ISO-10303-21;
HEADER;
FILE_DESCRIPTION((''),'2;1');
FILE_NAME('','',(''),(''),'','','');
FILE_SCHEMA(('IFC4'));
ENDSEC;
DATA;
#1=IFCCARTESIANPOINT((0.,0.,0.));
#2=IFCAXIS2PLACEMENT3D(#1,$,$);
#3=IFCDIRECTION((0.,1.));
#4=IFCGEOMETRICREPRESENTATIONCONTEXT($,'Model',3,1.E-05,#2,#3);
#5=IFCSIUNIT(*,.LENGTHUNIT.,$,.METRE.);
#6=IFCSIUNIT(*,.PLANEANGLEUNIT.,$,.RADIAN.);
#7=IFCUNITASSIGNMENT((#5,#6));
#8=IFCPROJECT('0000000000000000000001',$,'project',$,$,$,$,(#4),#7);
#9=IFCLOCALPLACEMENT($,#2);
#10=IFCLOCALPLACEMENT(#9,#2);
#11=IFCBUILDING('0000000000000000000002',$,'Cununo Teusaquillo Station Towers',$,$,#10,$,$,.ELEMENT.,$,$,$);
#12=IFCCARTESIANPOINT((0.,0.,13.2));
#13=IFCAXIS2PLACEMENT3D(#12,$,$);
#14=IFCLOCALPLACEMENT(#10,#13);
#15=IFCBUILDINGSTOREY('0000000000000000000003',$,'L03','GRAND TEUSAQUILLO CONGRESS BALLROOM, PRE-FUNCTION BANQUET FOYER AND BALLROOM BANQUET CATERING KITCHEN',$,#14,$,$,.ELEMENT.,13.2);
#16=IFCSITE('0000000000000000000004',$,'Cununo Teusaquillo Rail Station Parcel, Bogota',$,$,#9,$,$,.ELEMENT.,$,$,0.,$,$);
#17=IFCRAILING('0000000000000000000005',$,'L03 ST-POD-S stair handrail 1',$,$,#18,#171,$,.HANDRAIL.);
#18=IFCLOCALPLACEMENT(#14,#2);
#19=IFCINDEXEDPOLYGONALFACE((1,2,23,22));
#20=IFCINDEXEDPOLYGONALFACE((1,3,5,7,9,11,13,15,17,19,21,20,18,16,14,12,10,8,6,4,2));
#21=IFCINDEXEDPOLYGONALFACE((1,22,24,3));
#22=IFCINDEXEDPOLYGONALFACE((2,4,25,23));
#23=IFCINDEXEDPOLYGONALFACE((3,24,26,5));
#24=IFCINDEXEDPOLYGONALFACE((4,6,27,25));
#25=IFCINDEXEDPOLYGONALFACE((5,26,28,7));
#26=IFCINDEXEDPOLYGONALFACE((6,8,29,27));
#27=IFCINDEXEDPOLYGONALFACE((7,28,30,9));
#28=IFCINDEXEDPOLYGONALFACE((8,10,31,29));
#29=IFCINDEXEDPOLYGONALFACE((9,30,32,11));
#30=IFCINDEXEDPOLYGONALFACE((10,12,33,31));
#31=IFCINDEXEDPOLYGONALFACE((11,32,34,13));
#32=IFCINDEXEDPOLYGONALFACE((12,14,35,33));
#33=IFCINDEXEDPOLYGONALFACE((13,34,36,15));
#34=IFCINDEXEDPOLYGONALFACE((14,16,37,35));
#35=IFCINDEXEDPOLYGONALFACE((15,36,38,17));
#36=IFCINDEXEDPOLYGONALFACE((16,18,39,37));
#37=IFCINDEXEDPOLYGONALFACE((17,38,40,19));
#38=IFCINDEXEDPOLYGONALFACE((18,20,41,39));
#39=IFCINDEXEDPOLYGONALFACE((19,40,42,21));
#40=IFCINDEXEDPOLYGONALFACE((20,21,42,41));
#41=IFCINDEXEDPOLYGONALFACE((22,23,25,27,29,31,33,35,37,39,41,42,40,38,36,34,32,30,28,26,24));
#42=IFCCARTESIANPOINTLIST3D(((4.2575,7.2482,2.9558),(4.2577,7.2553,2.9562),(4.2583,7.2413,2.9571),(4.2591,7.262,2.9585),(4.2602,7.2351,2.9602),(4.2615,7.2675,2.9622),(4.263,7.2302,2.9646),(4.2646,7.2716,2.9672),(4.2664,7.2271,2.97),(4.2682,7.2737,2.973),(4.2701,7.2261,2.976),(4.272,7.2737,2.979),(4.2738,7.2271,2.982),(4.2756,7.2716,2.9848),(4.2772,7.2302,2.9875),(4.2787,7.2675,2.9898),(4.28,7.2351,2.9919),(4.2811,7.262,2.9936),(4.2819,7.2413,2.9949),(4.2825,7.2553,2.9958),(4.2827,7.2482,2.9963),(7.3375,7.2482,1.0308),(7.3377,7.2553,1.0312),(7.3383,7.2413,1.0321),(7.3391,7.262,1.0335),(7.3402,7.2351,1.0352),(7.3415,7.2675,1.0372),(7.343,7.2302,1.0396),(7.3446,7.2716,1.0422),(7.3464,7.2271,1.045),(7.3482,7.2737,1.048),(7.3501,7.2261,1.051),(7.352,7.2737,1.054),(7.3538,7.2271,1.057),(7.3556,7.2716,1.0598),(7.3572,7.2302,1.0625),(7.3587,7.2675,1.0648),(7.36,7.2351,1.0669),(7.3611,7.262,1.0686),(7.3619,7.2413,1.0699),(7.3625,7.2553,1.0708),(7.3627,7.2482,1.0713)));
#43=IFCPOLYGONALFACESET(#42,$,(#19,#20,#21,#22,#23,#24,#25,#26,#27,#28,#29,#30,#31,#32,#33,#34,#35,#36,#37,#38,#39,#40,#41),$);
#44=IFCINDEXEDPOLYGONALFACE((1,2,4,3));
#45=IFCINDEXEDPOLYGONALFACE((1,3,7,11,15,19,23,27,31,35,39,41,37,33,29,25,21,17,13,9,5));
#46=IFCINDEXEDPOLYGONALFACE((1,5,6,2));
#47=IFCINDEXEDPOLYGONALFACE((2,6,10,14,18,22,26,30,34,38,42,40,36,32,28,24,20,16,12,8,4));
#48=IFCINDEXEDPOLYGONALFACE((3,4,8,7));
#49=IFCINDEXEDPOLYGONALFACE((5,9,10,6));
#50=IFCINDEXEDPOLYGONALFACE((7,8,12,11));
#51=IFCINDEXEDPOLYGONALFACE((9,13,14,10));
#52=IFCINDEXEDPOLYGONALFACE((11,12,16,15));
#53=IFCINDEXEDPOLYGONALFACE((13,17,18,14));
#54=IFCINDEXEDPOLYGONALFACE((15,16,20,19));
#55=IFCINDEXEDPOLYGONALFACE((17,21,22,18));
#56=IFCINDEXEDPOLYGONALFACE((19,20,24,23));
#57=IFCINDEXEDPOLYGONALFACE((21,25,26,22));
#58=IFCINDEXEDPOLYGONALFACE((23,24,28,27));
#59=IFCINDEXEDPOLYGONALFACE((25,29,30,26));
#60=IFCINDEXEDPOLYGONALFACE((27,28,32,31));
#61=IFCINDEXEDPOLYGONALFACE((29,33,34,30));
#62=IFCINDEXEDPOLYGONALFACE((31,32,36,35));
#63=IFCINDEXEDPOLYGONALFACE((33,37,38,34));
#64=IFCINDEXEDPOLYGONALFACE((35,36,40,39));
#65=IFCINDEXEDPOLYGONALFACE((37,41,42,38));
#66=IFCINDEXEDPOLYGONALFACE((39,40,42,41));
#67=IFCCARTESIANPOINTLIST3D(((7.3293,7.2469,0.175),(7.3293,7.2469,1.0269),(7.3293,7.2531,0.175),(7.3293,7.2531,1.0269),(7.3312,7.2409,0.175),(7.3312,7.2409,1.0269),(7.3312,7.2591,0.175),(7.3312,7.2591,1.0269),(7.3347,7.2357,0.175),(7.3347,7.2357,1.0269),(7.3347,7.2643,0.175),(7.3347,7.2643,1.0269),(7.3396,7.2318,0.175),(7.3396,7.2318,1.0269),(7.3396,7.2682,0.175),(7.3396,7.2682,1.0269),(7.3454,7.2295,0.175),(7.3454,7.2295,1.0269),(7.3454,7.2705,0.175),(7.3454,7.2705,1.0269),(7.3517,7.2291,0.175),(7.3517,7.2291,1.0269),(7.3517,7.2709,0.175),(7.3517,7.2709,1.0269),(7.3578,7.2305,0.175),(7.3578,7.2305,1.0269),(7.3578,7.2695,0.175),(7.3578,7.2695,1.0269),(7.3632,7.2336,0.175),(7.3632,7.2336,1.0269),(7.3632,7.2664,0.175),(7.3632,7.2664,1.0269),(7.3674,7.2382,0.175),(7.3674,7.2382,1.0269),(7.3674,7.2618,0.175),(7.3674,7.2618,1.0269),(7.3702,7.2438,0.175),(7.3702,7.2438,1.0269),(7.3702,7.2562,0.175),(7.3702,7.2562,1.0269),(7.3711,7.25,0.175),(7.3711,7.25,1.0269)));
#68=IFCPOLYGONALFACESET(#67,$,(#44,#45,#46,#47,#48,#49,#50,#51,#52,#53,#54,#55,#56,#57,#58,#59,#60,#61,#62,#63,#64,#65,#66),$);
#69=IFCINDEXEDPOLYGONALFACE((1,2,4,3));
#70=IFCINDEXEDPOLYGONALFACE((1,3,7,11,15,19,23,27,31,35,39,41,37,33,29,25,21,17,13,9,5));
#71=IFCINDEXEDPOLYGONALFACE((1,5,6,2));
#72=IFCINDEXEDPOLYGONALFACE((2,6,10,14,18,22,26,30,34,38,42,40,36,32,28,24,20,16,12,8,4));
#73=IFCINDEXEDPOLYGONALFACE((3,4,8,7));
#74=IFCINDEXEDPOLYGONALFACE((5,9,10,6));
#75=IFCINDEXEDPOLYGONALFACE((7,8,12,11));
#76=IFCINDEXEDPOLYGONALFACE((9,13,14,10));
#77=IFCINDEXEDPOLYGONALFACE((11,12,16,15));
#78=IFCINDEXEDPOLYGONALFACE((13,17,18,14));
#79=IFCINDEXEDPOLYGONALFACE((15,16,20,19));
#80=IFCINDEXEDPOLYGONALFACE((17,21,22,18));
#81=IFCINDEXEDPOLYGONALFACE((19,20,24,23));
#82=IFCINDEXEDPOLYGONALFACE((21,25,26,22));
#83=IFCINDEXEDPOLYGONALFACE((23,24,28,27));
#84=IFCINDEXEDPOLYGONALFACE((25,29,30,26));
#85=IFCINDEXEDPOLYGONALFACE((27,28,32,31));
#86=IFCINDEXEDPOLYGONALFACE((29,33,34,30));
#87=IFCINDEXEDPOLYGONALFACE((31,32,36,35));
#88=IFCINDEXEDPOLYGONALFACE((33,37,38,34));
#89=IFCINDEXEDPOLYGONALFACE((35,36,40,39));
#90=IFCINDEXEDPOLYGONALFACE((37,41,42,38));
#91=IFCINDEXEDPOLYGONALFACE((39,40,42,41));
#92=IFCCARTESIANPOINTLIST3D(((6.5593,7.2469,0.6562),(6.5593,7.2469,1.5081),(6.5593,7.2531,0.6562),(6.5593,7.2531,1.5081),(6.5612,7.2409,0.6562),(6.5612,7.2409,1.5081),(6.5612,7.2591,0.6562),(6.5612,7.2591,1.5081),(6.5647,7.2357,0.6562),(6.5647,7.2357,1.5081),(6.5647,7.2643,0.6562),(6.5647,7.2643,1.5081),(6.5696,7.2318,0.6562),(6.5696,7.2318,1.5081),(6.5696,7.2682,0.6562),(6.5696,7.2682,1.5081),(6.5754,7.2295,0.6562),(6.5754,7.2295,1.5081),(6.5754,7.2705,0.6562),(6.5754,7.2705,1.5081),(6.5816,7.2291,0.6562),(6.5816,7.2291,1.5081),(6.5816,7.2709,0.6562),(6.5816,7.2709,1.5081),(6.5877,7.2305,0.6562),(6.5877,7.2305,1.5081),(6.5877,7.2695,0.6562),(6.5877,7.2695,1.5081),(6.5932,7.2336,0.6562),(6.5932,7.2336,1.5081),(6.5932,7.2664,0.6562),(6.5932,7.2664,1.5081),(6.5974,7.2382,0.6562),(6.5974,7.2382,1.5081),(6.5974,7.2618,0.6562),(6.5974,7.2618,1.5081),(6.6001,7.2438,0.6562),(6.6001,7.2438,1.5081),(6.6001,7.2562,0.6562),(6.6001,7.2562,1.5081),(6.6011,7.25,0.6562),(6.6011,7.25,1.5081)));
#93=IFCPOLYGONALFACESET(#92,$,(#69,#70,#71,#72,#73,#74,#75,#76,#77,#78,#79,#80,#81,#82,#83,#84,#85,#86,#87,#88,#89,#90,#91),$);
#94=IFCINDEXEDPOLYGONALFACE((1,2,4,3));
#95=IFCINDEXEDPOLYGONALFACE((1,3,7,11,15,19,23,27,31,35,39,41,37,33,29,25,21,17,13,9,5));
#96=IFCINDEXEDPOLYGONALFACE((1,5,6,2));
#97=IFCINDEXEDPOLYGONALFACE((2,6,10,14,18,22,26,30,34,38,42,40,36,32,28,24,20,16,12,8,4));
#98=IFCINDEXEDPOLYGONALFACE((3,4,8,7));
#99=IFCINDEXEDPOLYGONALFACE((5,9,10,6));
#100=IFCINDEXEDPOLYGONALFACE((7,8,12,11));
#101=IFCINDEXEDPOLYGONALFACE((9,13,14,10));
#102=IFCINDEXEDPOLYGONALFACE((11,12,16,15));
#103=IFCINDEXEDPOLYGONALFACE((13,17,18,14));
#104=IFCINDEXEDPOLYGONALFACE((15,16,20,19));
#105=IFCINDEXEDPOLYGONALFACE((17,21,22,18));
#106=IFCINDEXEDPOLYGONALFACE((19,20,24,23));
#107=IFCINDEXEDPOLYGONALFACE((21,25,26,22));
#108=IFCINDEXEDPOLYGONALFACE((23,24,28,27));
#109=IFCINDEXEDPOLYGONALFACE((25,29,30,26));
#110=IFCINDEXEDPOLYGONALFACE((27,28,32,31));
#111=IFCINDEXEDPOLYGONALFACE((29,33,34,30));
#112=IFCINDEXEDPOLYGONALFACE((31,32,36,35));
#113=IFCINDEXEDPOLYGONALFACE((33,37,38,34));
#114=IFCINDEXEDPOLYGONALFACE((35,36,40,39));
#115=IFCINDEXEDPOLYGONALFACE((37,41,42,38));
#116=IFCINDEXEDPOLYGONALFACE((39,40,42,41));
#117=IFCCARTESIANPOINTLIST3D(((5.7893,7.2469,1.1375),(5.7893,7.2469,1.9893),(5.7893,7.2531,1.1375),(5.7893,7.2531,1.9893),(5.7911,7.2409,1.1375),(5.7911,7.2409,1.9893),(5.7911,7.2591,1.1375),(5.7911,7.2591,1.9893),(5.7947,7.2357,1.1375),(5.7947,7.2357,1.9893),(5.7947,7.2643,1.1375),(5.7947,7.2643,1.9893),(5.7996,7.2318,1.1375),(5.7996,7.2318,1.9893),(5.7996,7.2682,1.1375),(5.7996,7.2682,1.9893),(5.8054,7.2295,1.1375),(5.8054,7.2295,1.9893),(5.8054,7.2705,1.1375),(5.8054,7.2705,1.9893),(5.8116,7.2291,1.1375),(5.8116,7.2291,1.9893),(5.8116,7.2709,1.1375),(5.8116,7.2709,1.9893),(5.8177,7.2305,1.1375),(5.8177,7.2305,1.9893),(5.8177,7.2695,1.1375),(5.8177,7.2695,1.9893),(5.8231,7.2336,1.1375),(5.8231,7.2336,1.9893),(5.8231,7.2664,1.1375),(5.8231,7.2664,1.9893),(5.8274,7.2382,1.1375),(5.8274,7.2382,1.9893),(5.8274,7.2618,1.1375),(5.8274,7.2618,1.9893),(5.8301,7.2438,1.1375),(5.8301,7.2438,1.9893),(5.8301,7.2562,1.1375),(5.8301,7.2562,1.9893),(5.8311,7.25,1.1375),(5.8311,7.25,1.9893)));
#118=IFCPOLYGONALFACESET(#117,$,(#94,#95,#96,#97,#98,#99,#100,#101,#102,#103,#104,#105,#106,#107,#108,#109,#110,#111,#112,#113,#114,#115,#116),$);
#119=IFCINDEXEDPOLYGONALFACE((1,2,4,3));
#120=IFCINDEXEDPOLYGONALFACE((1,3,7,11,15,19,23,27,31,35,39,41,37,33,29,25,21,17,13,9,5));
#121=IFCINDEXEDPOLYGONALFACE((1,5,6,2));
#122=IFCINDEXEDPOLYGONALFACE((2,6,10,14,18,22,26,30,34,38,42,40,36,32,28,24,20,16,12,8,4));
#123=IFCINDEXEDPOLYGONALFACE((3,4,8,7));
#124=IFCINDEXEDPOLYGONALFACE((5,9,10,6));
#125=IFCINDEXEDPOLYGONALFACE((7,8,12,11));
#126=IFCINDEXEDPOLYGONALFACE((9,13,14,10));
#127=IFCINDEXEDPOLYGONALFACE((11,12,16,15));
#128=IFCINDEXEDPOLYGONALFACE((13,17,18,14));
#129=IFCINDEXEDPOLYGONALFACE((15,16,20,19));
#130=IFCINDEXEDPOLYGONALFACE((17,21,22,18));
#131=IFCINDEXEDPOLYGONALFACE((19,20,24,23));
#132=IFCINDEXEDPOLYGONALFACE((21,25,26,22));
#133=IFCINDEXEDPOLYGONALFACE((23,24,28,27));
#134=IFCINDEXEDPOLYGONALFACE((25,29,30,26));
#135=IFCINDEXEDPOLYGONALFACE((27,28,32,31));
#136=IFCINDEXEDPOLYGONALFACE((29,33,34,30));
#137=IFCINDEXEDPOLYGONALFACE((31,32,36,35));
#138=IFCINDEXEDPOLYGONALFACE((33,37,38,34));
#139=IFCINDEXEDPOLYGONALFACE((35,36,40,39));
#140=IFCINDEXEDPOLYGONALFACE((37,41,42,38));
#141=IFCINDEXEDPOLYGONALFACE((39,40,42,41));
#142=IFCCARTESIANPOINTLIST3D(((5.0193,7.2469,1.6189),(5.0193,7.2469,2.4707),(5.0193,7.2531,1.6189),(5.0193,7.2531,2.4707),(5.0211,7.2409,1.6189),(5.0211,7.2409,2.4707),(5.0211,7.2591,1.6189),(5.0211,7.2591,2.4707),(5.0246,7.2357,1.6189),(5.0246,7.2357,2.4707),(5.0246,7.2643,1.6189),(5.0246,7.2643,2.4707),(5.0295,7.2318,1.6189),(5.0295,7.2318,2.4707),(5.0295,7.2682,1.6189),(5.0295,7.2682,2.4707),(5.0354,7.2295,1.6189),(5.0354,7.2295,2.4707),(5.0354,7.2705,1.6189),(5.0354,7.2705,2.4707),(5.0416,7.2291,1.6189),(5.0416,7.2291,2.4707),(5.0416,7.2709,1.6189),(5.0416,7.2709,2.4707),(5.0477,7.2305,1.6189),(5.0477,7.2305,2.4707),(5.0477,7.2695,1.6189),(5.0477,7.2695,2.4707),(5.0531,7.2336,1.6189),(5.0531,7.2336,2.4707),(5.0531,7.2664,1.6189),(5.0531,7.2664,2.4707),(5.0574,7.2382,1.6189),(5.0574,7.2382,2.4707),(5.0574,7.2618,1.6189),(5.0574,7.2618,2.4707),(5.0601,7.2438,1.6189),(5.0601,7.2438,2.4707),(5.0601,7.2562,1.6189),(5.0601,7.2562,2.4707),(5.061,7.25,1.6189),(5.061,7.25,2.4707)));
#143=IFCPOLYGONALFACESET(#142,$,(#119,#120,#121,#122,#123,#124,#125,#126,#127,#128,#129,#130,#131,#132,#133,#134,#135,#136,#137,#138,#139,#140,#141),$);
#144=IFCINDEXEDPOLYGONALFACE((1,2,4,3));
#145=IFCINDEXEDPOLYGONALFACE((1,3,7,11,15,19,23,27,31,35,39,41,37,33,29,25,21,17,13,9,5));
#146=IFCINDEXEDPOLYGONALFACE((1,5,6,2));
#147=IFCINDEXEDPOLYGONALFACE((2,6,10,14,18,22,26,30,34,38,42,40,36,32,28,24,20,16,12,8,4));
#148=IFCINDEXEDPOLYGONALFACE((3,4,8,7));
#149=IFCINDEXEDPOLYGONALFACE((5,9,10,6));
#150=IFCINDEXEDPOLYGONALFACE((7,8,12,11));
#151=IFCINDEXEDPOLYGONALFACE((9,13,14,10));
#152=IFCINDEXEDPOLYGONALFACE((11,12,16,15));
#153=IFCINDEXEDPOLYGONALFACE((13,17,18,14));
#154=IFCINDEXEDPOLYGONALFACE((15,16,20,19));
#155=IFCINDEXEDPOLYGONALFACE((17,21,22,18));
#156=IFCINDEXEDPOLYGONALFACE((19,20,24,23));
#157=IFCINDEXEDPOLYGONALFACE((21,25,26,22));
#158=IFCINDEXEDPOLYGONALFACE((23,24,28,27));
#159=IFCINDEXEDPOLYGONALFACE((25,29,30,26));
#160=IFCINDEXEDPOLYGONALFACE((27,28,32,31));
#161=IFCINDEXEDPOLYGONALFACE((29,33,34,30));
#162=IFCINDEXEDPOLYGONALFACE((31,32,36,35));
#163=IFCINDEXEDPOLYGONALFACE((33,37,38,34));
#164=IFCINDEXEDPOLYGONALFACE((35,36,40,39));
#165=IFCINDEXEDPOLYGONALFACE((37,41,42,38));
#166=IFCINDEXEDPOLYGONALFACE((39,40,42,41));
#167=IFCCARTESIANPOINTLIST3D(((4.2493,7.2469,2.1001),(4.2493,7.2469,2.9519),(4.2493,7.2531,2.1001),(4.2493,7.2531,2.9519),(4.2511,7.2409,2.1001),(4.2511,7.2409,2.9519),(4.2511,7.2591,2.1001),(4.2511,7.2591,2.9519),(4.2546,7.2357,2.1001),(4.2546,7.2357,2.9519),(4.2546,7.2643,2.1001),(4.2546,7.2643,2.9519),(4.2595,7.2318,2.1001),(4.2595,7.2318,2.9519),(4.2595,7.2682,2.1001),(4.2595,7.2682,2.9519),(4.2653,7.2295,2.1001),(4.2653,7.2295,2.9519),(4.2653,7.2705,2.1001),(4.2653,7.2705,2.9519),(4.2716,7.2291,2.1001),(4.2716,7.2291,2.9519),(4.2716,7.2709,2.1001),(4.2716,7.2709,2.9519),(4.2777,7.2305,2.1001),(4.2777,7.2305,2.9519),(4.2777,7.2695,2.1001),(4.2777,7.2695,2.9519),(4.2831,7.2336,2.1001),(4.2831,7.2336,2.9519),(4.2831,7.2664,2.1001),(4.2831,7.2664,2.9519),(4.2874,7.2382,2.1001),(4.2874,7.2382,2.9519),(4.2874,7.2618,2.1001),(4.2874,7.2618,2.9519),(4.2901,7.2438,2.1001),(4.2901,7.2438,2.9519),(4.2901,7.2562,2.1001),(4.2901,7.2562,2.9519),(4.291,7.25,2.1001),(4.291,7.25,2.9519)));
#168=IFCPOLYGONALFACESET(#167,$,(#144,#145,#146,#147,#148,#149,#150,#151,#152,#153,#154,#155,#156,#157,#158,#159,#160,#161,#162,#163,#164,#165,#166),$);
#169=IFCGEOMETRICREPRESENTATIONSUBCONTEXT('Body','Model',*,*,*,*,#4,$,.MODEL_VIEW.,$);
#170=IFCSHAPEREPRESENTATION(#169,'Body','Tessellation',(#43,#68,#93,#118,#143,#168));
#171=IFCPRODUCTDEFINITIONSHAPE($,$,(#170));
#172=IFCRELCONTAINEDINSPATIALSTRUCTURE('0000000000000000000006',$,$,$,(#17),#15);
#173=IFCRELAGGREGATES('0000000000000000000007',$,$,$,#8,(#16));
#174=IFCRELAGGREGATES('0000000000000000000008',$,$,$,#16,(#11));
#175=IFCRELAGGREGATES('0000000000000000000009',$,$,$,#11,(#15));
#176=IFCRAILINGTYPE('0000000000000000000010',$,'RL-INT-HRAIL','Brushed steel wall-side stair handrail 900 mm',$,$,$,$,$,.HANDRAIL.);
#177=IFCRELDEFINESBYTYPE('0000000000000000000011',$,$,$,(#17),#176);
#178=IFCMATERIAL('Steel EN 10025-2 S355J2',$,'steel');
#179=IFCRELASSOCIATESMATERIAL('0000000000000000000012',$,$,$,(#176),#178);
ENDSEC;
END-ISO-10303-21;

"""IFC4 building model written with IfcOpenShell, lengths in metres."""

from ifc_helpers import new_model, si_unit, direction, frame, origin, origin_2d, place, context, subcontext, project, spatial, circle, extrude, material, type_object, element, save


model = new_model("IFC4")

# Units and contexts
model_context = context("Model", 3, precision=1e-05, world=origin(), true_north=direction((0.0, 1.0)))
body_context = subcontext(model_context, "Body", "Model", "MODEL_VIEW")
ifc_project = project(units=[si_unit("LENGTHUNIT", "METRE"), si_unit("PLANEANGLEUNIT", "RADIAN")], contexts=[model_context])

# Site, building, storey
site_placement = place(None, origin())
site = spatial("IfcSite", under=ifc_project, at=site_placement, Name="Cununo Teusaquillo Rail Station Parcel, Bogota", CompositionType="ELEMENT", RefElevation=0.0)
building_placement = place(site_placement, origin())
building = spatial("IfcBuilding", under=site, at=building_placement, Name="Cununo Teusaquillo Station Towers", CompositionType="ELEMENT")
storey_placement = place(building_placement, frame((0.0, 0.0, 13.2)))
storey = spatial("IfcBuildingStorey", under=building, at=storey_placement, Name="L03", Description="GRAND TEUSAQUILLO CONGRESS BALLROOM, PRE-FUNCTION BANQUET FOYER AND BALLROOM BANQUET CATERING KITCHEN", CompositionType="ELEMENT", Elevation=13.2)

# Railing
ifc_material_1 = material(Name="Steel EN 10025-2 S355J2", Category="steel")
railing_type_1 = type_object("IfcRailingType", Name="RL-INT-HRAIL", Description="Brushed steel wall-side stair handrail 900 mm", PredefinedType="HANDRAIL", material=ifc_material_1)
railing_1_placement = place(storey_placement, frame((7.3501, 7.25, 0.175)))
element("IfcRailing", 1, at=railing_1_placement, inside=storey, type_object=railing_type_1, Name="L03 ST-POD-S stair handrail 1", PredefinedType="HANDRAIL", context=body_context, shape_type="SweptSolid", body=[
    extrude(circle(Radius=0.0239, at=origin_2d()), frame((0.0, 0.0, 0.876), z_axis=(-0.847998, 0.0, 0.529999), x_axis=(0.0, -1.0, 0.0)), (0.0, 0.0, 1.0), 3.6321),
    extrude(circle(Radius=0.021, at=origin_2d()), origin(), (0.0, 0.0, 1.0), 0.8518),
    extrude(circle(Radius=0.021, at=origin_2d()), frame((-0.77, 0.0, 0.4812)), (0.0, 0.0, 1.0), 0.8518),
    extrude(circle(Radius=0.021, at=origin_2d()), frame((-1.54, 0.0, 0.9624)), (0.0, 0.0, 1.0), 0.8518),
    extrude(circle(Radius=0.021, at=origin_2d()), frame((-2.3101, 0.0, 1.4438)), (0.0, 0.0, 1.0), 0.8518),
    extrude(circle(Radius=0.021, at=origin_2d()), frame((-3.0801, 0.0, 1.925)), (0.0, 0.0, 1.0), 0.8518),
])

save(model, "model.ifc")
